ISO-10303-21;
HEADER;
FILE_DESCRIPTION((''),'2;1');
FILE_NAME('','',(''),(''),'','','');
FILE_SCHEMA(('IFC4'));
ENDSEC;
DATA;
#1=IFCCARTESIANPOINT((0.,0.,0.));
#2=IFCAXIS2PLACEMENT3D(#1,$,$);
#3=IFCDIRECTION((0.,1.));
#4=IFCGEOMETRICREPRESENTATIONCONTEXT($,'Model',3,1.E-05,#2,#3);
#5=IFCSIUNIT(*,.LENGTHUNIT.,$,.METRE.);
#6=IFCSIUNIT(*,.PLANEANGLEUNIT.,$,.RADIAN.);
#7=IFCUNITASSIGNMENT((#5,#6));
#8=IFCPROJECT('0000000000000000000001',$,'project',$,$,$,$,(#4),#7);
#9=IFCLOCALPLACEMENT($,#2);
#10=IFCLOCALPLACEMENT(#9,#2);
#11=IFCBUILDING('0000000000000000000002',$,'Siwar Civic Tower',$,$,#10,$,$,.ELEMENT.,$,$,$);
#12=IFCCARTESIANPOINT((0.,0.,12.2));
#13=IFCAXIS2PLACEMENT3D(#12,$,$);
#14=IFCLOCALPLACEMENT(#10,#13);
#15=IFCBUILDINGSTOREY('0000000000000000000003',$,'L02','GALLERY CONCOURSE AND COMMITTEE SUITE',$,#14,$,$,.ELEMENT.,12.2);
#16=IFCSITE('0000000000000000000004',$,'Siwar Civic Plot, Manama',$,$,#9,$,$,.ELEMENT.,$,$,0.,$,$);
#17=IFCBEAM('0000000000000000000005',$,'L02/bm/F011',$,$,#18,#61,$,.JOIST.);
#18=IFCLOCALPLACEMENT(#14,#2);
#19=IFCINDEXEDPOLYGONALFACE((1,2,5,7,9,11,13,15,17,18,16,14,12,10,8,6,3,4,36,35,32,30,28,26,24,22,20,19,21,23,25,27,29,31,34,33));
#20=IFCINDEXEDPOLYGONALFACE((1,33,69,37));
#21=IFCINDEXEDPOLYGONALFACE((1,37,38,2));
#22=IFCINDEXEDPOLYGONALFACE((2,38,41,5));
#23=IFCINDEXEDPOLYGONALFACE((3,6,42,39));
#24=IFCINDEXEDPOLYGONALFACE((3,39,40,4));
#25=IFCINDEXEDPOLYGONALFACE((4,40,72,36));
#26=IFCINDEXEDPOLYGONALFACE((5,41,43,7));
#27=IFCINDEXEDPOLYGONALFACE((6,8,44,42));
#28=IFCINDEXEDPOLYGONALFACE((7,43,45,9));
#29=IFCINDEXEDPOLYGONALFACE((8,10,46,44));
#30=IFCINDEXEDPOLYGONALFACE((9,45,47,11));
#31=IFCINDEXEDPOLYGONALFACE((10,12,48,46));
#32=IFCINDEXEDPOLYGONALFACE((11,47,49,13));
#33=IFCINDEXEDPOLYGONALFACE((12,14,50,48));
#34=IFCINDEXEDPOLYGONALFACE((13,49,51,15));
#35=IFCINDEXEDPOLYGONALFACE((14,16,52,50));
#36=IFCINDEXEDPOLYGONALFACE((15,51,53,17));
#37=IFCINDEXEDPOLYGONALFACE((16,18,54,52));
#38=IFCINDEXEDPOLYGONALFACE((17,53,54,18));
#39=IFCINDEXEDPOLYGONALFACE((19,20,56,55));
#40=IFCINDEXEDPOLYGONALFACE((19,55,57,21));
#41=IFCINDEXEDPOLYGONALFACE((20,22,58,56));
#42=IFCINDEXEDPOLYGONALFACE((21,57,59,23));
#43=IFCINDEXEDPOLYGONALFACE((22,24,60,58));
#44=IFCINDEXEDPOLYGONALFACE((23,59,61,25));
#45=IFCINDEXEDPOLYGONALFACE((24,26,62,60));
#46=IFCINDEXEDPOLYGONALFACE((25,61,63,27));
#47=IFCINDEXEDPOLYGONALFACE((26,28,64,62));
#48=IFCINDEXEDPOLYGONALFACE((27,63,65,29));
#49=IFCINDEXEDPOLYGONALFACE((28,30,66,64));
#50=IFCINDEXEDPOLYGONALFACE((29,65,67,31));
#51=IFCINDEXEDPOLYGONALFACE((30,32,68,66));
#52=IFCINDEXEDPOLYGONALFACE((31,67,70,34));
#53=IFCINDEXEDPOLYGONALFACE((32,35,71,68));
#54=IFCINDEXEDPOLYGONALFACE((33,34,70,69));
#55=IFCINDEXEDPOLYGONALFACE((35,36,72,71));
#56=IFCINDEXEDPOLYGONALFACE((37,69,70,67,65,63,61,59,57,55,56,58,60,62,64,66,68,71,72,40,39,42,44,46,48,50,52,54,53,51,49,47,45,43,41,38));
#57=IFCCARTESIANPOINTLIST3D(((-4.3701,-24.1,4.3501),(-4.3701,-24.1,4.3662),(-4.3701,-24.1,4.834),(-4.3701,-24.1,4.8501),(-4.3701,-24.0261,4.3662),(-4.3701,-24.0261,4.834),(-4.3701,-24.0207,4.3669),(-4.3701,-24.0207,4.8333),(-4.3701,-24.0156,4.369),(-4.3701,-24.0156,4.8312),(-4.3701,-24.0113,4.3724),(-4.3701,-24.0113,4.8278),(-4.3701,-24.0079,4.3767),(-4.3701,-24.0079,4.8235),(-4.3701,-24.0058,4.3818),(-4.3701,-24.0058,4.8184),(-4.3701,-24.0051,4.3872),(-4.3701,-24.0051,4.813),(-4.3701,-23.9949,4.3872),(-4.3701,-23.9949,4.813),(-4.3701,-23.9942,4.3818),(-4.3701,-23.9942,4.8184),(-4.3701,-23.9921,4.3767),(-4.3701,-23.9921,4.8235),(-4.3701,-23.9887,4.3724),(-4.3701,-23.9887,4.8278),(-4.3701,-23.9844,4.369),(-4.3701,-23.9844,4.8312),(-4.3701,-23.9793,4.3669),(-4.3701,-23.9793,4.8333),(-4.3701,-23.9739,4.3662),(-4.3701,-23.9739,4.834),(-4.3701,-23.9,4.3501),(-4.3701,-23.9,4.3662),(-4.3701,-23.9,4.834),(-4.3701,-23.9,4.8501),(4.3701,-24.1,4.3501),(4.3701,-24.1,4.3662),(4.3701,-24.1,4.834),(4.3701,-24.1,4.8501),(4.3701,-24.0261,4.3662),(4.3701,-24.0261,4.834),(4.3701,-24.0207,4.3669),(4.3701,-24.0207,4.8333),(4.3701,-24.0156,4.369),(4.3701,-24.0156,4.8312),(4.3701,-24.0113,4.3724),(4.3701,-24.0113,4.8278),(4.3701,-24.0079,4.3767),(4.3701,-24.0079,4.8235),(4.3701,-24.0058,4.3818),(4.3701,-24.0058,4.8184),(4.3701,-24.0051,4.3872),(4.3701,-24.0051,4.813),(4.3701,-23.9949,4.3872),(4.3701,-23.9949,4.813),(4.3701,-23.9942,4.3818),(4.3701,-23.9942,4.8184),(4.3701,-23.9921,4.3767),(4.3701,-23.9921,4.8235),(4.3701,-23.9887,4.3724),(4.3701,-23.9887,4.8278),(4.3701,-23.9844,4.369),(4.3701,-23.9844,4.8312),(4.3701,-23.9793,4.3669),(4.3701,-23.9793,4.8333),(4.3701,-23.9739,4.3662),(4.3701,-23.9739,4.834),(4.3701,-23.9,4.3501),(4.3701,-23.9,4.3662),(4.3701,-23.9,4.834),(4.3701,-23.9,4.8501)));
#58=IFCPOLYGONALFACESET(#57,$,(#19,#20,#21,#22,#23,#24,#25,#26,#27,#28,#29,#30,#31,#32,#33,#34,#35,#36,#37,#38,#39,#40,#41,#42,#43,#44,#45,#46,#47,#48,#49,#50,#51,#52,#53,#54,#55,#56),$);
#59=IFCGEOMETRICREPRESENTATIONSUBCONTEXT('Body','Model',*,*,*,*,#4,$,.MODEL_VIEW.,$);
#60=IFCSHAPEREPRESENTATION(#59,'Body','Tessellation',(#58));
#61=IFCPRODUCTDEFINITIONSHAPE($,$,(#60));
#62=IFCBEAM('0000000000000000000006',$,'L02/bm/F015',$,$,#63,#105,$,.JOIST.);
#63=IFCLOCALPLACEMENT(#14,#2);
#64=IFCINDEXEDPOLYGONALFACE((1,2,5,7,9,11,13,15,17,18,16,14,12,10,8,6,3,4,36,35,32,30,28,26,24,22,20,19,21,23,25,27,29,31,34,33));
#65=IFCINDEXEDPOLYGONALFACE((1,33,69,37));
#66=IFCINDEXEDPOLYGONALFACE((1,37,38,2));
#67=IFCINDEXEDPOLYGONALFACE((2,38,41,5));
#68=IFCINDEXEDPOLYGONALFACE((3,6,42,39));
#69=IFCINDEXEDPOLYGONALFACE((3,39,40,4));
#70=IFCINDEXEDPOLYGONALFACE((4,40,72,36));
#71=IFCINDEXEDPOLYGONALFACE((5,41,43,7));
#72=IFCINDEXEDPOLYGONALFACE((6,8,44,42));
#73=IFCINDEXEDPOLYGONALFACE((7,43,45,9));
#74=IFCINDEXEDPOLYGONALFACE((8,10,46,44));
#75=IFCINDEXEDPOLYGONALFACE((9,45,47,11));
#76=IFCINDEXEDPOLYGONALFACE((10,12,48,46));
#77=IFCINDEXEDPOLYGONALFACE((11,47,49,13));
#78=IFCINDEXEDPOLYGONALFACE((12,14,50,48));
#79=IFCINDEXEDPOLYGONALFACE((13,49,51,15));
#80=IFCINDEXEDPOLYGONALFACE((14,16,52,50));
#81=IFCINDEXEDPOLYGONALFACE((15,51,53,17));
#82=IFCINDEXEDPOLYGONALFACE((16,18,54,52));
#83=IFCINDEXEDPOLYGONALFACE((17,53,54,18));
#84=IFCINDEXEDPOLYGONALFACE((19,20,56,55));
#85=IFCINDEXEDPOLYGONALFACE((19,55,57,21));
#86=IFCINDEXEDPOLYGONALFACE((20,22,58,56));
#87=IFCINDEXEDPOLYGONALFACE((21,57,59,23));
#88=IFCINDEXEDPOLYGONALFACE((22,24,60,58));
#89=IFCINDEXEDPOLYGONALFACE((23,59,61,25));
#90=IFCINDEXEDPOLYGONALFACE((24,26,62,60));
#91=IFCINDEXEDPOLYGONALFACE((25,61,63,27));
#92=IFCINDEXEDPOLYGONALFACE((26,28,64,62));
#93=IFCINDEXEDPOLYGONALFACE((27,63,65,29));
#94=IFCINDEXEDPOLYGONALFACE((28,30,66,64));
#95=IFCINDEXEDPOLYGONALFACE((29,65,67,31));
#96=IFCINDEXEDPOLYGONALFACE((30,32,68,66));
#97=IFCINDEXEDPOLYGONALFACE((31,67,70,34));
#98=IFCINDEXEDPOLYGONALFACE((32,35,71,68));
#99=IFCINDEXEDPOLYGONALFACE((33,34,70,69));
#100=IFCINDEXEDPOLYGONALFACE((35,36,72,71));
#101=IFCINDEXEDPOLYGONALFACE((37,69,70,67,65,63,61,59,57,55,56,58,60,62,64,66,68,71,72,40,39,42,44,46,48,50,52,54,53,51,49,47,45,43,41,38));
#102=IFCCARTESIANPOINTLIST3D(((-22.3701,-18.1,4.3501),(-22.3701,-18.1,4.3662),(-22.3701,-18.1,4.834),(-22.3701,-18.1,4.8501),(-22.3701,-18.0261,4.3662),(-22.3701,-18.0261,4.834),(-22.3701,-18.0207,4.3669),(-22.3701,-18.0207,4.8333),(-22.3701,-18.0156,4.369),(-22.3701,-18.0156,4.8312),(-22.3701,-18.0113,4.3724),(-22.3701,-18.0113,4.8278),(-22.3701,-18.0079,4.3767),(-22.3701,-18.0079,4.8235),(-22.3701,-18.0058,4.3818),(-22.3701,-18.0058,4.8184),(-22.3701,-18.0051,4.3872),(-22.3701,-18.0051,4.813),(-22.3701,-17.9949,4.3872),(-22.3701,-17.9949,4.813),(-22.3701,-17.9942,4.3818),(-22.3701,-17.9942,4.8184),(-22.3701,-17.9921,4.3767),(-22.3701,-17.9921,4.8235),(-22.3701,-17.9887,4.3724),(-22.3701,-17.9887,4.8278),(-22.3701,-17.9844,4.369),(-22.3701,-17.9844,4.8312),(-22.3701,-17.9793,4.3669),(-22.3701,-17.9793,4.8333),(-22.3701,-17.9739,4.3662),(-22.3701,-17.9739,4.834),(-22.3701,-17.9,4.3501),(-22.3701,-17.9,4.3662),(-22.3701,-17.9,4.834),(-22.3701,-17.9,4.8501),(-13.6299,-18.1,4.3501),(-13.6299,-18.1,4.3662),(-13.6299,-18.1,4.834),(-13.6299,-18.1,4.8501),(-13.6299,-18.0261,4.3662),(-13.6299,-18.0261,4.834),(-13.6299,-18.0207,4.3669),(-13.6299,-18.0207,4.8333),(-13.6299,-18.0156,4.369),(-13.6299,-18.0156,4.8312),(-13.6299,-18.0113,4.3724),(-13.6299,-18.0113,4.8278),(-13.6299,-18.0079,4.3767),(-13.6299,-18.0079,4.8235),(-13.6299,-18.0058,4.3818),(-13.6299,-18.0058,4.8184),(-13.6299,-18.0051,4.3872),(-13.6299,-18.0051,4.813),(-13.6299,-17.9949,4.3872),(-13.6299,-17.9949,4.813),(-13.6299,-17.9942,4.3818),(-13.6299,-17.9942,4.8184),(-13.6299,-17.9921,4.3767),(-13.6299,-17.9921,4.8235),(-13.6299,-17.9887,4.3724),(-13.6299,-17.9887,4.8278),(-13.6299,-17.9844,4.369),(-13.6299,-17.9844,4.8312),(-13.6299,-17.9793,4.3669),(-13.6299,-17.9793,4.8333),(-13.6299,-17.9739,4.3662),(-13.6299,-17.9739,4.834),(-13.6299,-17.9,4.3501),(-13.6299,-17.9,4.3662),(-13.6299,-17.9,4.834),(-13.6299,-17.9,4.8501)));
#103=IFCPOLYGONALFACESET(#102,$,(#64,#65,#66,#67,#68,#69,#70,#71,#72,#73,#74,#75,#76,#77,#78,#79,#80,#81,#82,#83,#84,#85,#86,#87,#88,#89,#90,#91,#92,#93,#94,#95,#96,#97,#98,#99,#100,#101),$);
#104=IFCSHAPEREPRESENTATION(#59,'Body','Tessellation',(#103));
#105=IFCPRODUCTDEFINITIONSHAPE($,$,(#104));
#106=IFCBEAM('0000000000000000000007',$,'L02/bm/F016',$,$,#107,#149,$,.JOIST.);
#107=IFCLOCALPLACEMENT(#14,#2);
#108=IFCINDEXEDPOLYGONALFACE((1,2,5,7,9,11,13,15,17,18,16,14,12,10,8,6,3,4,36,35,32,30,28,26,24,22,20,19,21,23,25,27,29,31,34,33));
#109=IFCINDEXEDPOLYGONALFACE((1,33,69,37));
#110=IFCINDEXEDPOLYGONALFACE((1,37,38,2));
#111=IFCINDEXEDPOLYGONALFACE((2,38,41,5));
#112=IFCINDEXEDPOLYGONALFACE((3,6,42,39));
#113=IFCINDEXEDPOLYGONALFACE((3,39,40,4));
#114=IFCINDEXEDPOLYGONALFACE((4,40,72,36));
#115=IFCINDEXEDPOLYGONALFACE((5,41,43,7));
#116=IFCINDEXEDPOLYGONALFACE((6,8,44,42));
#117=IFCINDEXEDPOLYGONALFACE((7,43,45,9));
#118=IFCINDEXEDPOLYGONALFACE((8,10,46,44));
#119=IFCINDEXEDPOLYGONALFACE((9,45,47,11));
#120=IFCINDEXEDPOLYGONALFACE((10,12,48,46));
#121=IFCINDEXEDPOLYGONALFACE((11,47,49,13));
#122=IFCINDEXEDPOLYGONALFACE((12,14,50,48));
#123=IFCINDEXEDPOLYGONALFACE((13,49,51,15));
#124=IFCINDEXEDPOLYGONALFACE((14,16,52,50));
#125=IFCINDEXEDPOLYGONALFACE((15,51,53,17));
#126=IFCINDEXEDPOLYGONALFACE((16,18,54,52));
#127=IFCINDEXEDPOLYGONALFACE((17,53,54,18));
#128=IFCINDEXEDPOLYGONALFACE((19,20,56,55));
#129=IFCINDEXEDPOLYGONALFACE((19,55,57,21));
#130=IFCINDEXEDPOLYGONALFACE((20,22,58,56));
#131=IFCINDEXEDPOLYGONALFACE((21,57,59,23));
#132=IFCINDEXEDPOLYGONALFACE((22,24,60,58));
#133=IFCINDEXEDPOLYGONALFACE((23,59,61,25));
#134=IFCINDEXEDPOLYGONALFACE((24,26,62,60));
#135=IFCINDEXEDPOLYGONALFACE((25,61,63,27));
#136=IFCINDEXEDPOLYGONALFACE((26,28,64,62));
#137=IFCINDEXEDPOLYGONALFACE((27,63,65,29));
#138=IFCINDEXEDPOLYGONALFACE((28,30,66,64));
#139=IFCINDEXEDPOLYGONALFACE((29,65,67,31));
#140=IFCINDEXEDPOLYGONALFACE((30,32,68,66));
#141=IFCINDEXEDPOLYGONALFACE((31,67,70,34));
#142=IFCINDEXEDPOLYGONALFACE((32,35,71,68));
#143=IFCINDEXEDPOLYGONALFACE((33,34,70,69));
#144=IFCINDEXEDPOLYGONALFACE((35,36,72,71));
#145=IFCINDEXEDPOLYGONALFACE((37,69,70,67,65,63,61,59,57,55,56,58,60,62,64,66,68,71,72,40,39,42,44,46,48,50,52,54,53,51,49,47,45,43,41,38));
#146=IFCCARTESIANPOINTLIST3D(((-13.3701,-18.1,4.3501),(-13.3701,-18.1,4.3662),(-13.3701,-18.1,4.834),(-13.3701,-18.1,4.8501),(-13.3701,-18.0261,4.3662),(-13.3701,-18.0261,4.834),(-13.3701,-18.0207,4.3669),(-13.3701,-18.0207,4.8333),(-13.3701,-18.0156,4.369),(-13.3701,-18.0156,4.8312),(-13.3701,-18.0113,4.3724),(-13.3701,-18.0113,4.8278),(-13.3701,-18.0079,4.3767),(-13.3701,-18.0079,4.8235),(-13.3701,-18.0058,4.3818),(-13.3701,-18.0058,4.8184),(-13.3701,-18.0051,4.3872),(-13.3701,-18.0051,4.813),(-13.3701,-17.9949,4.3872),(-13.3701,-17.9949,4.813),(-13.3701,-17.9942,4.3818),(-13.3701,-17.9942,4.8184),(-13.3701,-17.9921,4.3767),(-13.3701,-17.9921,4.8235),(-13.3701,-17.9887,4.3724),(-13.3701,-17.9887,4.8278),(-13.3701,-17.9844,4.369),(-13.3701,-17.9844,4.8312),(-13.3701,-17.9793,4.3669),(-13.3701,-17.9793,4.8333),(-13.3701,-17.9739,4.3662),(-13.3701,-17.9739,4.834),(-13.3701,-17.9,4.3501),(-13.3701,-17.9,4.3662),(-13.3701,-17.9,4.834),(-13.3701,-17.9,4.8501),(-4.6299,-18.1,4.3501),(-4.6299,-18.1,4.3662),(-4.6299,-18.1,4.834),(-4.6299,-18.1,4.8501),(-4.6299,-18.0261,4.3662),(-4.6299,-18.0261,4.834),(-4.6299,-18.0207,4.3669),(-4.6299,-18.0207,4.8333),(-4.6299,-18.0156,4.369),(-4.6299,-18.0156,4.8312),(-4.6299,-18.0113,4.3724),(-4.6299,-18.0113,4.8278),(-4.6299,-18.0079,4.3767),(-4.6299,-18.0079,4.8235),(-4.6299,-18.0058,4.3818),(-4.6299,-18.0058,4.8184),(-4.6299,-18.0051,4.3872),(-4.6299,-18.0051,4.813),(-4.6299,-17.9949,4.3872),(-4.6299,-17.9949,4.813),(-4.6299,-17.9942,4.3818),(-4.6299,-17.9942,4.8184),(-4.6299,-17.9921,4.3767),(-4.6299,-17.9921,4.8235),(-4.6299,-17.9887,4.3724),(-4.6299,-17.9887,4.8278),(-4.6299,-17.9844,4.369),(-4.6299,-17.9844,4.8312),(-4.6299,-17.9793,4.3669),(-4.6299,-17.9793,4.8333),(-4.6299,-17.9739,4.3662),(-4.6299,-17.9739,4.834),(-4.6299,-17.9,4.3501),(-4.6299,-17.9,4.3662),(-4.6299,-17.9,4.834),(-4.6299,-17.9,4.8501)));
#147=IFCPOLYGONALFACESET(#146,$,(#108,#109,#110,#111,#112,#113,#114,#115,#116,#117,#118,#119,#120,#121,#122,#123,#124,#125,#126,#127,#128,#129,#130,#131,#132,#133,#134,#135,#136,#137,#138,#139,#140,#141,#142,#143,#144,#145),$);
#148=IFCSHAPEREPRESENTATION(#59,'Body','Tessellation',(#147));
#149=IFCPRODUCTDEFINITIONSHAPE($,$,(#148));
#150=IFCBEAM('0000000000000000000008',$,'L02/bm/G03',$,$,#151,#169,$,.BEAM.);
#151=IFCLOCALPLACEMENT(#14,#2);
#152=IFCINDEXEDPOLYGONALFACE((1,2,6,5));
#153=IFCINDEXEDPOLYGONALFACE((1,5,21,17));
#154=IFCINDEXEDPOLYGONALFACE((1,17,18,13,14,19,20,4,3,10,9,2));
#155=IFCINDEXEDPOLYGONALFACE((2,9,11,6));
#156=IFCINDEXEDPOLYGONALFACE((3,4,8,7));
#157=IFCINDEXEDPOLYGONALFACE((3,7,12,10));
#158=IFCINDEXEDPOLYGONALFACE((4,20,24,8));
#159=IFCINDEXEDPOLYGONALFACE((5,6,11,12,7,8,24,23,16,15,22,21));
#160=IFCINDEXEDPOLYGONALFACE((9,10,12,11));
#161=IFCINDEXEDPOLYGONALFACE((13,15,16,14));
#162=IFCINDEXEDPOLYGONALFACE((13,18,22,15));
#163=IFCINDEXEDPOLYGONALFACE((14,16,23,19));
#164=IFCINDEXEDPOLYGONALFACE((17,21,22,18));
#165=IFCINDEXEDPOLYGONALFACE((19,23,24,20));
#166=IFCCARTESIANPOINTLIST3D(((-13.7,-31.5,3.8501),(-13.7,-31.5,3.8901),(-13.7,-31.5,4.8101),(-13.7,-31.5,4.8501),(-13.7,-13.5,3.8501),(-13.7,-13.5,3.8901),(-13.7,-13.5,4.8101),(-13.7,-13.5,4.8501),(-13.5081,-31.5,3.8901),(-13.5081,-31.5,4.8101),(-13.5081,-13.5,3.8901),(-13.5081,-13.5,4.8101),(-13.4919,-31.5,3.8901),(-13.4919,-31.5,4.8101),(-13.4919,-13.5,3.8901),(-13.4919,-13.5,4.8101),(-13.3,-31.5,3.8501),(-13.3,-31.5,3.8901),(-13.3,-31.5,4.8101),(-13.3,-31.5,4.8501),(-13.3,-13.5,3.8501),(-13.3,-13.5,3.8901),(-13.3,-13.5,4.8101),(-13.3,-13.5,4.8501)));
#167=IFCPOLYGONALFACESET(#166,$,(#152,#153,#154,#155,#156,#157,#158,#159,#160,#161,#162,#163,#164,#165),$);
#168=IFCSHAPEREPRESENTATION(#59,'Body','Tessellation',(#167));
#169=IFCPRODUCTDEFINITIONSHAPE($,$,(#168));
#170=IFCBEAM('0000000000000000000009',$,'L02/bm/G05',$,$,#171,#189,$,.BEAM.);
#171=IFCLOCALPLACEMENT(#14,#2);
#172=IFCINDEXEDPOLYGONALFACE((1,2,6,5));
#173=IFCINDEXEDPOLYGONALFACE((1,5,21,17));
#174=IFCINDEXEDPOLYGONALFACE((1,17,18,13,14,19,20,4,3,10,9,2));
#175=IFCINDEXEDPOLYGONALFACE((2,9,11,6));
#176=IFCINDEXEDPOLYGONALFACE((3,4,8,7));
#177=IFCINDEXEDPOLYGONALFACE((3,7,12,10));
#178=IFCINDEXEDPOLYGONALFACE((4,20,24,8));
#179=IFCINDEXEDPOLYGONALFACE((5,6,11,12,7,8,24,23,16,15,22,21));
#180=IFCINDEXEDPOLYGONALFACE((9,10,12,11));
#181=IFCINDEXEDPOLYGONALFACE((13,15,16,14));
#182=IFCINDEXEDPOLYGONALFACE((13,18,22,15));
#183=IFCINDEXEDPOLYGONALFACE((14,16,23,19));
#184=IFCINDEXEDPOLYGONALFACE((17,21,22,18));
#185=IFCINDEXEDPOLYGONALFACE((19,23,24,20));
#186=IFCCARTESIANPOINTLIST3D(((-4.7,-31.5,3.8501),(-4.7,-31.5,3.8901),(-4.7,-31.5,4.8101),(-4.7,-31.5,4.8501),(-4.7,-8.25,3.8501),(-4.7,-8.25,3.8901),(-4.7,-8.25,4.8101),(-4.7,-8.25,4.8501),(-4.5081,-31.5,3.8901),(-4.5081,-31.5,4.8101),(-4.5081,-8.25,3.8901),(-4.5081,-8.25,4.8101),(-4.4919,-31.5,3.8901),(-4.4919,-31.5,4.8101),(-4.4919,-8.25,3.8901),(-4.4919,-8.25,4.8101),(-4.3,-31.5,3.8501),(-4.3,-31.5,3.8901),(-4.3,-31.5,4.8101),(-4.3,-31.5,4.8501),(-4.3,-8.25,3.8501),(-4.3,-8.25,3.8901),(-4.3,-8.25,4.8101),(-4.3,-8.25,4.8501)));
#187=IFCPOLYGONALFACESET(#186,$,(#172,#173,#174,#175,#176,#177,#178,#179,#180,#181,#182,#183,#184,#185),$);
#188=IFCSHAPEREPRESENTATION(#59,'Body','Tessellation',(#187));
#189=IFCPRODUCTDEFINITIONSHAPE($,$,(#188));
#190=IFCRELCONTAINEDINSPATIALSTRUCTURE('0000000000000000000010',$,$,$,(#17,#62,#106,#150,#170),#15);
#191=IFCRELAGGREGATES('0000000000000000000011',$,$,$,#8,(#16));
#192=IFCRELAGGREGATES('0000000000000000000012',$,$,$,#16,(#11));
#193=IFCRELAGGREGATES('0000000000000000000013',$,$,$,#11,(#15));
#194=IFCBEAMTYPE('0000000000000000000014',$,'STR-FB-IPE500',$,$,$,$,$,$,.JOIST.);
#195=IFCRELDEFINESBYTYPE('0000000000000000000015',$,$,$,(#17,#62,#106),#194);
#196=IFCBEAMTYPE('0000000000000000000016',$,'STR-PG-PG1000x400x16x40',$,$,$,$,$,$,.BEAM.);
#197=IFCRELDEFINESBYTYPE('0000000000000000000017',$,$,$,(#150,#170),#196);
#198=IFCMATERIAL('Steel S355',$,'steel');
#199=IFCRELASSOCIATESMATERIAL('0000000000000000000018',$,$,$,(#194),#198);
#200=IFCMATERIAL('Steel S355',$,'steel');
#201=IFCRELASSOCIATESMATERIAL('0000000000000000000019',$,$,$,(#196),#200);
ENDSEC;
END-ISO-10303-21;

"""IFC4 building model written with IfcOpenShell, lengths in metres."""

from ifc_helpers import new_model, si_unit, direction, frame, origin, origin_2d, place, context, subcontext, project, spatial, i_section, extrude, material, material_profile, profile_set, type_object, element, save


model = new_model("IFC4")

# Units and contexts
model_context = context("Model", 3, precision=1e-05, world=origin(), true_north=direction((0.0, 1.0)))
body_context = subcontext(model_context, "Body", "Model", "MODEL_VIEW")
ifc_project = project(units=[si_unit("LENGTHUNIT", "METRE"), si_unit("PLANEANGLEUNIT", "RADIAN")], contexts=[model_context])

# Site, building, storey
site_placement = place(None, origin())
site = spatial("IfcSite", under=ifc_project, at=site_placement, Name="Siwar Civic Plot, Manama", CompositionType="ELEMENT", RefElevation=0.0)
building_placement = place(site_placement, origin())
building = spatial("IfcBuilding", under=site, at=building_placement, Name="Siwar Civic Tower", CompositionType="ELEMENT")
storey_placement = place(building_placement, frame((0.0, 0.0, 12.2)))
storey = spatial("IfcBuildingStorey", under=building, at=storey_placement, Name="L02", Description="GALLERY CONCOURSE AND COMMITTEE SUITE", CompositionType="ELEMENT", Elevation=12.2)

# Beams
ifc_material_1 = material(Name="Steel S355", Category="steel")
ifc_material_profile_1 = material_profile(ifc_material_1, i_section(OverallWidth=0.2, OverallDepth=0.5, WebThickness=0.0103, FlangeThickness=0.0161, FilletRadius=0.021, at=origin_2d()), Name="IPE500")
ifc_profile_set_1 = profile_set([ifc_material_profile_1], Name="Steel S355")
beam_type_1 = type_object("IfcBeamType", Name="STR-FB-IPE500", PredefinedType="JOIST", material=ifc_profile_set_1)
for number, where, z_axis, x_axis, name in (
    (1, (-4.3701, -24.0, 4.6001), (1.0, 0.0, 0.0), (0.0, 1.0, 0.0), "L02/bm/F011"),
    (2, (-22.3701, -18.0, 4.6001), (1.0, 0.0, 0.0), (0.0, 1.0, 0.0), "L02/bm/F015"),
    (3, (-13.3701, -18.0, 4.6001), (1.0, 0.0, 0.0), (0.0, 1.0, 0.0), "L02/bm/F016"),
):
    element("IfcBeam", number, at=place(storey_placement, frame(where, z_axis=z_axis, x_axis=x_axis)), inside=storey, type_object=beam_type_1, Name=name, PredefinedType="JOIST", context=body_context, shape_type="SweptSolid", body=[
        extrude(i_section(OverallWidth=0.2, OverallDepth=0.5, WebThickness=0.0103, FlangeThickness=0.0161, FilletRadius=0.021, at=origin_2d()), origin(), (0.0, 0.0, 1.0), 8.7402),
    ])
ifc_material_2 = material(Name="Steel S355", Category="steel")
ifc_material_profile_2 = material_profile(ifc_material_2, i_section(OverallWidth=0.3999, OverallDepth=1.0, WebThickness=0.0161, FlangeThickness=0.04, at=origin_2d()), Name="PG1000x400x16x40")
ifc_profile_set_2 = profile_set([ifc_material_profile_2], Name="Steel S355")
beam_type_2 = type_object("IfcBeamType", Name="STR-PG-PG1000x400x16x40", PredefinedType="BEAM", material=ifc_profile_set_2)
beam_1_placement = place(storey_placement, frame((-13.5, -31.5, 4.3501), z_axis=(0.0, 1.0, 0.0), x_axis=(-1.0, 0.0, 0.0)))
element("IfcBeam", 4, at=beam_1_placement, inside=storey, type_object=beam_type_2, Name="L02/bm/G03", PredefinedType="BEAM", context=body_context, shape_type="SweptSolid", body=[
    extrude(i_section(OverallWidth=0.3999, OverallDepth=1.0, WebThickness=0.0161, FlangeThickness=0.04, at=origin_2d()), origin(), (0.0, 0.0, 1.0), 18.0),
])
beam_2_placement = place(storey_placement, frame((-4.5, -31.5, 4.3501), z_axis=(0.0, 1.0, 0.0), x_axis=(-1.0, 0.0, 0.0)))
element("IfcBeam", 5, at=beam_2_placement, inside=storey, type_object=beam_type_2, Name="L02/bm/G05", PredefinedType="BEAM", context=body_context, shape_type="SweptSolid", body=[
    extrude(i_section(OverallWidth=0.3999, OverallDepth=1.0, WebThickness=0.0161, FlangeThickness=0.04, at=origin_2d()), origin(), (0.0, 0.0, 1.0), 23.25),
])

save(model, "model.ifc")
